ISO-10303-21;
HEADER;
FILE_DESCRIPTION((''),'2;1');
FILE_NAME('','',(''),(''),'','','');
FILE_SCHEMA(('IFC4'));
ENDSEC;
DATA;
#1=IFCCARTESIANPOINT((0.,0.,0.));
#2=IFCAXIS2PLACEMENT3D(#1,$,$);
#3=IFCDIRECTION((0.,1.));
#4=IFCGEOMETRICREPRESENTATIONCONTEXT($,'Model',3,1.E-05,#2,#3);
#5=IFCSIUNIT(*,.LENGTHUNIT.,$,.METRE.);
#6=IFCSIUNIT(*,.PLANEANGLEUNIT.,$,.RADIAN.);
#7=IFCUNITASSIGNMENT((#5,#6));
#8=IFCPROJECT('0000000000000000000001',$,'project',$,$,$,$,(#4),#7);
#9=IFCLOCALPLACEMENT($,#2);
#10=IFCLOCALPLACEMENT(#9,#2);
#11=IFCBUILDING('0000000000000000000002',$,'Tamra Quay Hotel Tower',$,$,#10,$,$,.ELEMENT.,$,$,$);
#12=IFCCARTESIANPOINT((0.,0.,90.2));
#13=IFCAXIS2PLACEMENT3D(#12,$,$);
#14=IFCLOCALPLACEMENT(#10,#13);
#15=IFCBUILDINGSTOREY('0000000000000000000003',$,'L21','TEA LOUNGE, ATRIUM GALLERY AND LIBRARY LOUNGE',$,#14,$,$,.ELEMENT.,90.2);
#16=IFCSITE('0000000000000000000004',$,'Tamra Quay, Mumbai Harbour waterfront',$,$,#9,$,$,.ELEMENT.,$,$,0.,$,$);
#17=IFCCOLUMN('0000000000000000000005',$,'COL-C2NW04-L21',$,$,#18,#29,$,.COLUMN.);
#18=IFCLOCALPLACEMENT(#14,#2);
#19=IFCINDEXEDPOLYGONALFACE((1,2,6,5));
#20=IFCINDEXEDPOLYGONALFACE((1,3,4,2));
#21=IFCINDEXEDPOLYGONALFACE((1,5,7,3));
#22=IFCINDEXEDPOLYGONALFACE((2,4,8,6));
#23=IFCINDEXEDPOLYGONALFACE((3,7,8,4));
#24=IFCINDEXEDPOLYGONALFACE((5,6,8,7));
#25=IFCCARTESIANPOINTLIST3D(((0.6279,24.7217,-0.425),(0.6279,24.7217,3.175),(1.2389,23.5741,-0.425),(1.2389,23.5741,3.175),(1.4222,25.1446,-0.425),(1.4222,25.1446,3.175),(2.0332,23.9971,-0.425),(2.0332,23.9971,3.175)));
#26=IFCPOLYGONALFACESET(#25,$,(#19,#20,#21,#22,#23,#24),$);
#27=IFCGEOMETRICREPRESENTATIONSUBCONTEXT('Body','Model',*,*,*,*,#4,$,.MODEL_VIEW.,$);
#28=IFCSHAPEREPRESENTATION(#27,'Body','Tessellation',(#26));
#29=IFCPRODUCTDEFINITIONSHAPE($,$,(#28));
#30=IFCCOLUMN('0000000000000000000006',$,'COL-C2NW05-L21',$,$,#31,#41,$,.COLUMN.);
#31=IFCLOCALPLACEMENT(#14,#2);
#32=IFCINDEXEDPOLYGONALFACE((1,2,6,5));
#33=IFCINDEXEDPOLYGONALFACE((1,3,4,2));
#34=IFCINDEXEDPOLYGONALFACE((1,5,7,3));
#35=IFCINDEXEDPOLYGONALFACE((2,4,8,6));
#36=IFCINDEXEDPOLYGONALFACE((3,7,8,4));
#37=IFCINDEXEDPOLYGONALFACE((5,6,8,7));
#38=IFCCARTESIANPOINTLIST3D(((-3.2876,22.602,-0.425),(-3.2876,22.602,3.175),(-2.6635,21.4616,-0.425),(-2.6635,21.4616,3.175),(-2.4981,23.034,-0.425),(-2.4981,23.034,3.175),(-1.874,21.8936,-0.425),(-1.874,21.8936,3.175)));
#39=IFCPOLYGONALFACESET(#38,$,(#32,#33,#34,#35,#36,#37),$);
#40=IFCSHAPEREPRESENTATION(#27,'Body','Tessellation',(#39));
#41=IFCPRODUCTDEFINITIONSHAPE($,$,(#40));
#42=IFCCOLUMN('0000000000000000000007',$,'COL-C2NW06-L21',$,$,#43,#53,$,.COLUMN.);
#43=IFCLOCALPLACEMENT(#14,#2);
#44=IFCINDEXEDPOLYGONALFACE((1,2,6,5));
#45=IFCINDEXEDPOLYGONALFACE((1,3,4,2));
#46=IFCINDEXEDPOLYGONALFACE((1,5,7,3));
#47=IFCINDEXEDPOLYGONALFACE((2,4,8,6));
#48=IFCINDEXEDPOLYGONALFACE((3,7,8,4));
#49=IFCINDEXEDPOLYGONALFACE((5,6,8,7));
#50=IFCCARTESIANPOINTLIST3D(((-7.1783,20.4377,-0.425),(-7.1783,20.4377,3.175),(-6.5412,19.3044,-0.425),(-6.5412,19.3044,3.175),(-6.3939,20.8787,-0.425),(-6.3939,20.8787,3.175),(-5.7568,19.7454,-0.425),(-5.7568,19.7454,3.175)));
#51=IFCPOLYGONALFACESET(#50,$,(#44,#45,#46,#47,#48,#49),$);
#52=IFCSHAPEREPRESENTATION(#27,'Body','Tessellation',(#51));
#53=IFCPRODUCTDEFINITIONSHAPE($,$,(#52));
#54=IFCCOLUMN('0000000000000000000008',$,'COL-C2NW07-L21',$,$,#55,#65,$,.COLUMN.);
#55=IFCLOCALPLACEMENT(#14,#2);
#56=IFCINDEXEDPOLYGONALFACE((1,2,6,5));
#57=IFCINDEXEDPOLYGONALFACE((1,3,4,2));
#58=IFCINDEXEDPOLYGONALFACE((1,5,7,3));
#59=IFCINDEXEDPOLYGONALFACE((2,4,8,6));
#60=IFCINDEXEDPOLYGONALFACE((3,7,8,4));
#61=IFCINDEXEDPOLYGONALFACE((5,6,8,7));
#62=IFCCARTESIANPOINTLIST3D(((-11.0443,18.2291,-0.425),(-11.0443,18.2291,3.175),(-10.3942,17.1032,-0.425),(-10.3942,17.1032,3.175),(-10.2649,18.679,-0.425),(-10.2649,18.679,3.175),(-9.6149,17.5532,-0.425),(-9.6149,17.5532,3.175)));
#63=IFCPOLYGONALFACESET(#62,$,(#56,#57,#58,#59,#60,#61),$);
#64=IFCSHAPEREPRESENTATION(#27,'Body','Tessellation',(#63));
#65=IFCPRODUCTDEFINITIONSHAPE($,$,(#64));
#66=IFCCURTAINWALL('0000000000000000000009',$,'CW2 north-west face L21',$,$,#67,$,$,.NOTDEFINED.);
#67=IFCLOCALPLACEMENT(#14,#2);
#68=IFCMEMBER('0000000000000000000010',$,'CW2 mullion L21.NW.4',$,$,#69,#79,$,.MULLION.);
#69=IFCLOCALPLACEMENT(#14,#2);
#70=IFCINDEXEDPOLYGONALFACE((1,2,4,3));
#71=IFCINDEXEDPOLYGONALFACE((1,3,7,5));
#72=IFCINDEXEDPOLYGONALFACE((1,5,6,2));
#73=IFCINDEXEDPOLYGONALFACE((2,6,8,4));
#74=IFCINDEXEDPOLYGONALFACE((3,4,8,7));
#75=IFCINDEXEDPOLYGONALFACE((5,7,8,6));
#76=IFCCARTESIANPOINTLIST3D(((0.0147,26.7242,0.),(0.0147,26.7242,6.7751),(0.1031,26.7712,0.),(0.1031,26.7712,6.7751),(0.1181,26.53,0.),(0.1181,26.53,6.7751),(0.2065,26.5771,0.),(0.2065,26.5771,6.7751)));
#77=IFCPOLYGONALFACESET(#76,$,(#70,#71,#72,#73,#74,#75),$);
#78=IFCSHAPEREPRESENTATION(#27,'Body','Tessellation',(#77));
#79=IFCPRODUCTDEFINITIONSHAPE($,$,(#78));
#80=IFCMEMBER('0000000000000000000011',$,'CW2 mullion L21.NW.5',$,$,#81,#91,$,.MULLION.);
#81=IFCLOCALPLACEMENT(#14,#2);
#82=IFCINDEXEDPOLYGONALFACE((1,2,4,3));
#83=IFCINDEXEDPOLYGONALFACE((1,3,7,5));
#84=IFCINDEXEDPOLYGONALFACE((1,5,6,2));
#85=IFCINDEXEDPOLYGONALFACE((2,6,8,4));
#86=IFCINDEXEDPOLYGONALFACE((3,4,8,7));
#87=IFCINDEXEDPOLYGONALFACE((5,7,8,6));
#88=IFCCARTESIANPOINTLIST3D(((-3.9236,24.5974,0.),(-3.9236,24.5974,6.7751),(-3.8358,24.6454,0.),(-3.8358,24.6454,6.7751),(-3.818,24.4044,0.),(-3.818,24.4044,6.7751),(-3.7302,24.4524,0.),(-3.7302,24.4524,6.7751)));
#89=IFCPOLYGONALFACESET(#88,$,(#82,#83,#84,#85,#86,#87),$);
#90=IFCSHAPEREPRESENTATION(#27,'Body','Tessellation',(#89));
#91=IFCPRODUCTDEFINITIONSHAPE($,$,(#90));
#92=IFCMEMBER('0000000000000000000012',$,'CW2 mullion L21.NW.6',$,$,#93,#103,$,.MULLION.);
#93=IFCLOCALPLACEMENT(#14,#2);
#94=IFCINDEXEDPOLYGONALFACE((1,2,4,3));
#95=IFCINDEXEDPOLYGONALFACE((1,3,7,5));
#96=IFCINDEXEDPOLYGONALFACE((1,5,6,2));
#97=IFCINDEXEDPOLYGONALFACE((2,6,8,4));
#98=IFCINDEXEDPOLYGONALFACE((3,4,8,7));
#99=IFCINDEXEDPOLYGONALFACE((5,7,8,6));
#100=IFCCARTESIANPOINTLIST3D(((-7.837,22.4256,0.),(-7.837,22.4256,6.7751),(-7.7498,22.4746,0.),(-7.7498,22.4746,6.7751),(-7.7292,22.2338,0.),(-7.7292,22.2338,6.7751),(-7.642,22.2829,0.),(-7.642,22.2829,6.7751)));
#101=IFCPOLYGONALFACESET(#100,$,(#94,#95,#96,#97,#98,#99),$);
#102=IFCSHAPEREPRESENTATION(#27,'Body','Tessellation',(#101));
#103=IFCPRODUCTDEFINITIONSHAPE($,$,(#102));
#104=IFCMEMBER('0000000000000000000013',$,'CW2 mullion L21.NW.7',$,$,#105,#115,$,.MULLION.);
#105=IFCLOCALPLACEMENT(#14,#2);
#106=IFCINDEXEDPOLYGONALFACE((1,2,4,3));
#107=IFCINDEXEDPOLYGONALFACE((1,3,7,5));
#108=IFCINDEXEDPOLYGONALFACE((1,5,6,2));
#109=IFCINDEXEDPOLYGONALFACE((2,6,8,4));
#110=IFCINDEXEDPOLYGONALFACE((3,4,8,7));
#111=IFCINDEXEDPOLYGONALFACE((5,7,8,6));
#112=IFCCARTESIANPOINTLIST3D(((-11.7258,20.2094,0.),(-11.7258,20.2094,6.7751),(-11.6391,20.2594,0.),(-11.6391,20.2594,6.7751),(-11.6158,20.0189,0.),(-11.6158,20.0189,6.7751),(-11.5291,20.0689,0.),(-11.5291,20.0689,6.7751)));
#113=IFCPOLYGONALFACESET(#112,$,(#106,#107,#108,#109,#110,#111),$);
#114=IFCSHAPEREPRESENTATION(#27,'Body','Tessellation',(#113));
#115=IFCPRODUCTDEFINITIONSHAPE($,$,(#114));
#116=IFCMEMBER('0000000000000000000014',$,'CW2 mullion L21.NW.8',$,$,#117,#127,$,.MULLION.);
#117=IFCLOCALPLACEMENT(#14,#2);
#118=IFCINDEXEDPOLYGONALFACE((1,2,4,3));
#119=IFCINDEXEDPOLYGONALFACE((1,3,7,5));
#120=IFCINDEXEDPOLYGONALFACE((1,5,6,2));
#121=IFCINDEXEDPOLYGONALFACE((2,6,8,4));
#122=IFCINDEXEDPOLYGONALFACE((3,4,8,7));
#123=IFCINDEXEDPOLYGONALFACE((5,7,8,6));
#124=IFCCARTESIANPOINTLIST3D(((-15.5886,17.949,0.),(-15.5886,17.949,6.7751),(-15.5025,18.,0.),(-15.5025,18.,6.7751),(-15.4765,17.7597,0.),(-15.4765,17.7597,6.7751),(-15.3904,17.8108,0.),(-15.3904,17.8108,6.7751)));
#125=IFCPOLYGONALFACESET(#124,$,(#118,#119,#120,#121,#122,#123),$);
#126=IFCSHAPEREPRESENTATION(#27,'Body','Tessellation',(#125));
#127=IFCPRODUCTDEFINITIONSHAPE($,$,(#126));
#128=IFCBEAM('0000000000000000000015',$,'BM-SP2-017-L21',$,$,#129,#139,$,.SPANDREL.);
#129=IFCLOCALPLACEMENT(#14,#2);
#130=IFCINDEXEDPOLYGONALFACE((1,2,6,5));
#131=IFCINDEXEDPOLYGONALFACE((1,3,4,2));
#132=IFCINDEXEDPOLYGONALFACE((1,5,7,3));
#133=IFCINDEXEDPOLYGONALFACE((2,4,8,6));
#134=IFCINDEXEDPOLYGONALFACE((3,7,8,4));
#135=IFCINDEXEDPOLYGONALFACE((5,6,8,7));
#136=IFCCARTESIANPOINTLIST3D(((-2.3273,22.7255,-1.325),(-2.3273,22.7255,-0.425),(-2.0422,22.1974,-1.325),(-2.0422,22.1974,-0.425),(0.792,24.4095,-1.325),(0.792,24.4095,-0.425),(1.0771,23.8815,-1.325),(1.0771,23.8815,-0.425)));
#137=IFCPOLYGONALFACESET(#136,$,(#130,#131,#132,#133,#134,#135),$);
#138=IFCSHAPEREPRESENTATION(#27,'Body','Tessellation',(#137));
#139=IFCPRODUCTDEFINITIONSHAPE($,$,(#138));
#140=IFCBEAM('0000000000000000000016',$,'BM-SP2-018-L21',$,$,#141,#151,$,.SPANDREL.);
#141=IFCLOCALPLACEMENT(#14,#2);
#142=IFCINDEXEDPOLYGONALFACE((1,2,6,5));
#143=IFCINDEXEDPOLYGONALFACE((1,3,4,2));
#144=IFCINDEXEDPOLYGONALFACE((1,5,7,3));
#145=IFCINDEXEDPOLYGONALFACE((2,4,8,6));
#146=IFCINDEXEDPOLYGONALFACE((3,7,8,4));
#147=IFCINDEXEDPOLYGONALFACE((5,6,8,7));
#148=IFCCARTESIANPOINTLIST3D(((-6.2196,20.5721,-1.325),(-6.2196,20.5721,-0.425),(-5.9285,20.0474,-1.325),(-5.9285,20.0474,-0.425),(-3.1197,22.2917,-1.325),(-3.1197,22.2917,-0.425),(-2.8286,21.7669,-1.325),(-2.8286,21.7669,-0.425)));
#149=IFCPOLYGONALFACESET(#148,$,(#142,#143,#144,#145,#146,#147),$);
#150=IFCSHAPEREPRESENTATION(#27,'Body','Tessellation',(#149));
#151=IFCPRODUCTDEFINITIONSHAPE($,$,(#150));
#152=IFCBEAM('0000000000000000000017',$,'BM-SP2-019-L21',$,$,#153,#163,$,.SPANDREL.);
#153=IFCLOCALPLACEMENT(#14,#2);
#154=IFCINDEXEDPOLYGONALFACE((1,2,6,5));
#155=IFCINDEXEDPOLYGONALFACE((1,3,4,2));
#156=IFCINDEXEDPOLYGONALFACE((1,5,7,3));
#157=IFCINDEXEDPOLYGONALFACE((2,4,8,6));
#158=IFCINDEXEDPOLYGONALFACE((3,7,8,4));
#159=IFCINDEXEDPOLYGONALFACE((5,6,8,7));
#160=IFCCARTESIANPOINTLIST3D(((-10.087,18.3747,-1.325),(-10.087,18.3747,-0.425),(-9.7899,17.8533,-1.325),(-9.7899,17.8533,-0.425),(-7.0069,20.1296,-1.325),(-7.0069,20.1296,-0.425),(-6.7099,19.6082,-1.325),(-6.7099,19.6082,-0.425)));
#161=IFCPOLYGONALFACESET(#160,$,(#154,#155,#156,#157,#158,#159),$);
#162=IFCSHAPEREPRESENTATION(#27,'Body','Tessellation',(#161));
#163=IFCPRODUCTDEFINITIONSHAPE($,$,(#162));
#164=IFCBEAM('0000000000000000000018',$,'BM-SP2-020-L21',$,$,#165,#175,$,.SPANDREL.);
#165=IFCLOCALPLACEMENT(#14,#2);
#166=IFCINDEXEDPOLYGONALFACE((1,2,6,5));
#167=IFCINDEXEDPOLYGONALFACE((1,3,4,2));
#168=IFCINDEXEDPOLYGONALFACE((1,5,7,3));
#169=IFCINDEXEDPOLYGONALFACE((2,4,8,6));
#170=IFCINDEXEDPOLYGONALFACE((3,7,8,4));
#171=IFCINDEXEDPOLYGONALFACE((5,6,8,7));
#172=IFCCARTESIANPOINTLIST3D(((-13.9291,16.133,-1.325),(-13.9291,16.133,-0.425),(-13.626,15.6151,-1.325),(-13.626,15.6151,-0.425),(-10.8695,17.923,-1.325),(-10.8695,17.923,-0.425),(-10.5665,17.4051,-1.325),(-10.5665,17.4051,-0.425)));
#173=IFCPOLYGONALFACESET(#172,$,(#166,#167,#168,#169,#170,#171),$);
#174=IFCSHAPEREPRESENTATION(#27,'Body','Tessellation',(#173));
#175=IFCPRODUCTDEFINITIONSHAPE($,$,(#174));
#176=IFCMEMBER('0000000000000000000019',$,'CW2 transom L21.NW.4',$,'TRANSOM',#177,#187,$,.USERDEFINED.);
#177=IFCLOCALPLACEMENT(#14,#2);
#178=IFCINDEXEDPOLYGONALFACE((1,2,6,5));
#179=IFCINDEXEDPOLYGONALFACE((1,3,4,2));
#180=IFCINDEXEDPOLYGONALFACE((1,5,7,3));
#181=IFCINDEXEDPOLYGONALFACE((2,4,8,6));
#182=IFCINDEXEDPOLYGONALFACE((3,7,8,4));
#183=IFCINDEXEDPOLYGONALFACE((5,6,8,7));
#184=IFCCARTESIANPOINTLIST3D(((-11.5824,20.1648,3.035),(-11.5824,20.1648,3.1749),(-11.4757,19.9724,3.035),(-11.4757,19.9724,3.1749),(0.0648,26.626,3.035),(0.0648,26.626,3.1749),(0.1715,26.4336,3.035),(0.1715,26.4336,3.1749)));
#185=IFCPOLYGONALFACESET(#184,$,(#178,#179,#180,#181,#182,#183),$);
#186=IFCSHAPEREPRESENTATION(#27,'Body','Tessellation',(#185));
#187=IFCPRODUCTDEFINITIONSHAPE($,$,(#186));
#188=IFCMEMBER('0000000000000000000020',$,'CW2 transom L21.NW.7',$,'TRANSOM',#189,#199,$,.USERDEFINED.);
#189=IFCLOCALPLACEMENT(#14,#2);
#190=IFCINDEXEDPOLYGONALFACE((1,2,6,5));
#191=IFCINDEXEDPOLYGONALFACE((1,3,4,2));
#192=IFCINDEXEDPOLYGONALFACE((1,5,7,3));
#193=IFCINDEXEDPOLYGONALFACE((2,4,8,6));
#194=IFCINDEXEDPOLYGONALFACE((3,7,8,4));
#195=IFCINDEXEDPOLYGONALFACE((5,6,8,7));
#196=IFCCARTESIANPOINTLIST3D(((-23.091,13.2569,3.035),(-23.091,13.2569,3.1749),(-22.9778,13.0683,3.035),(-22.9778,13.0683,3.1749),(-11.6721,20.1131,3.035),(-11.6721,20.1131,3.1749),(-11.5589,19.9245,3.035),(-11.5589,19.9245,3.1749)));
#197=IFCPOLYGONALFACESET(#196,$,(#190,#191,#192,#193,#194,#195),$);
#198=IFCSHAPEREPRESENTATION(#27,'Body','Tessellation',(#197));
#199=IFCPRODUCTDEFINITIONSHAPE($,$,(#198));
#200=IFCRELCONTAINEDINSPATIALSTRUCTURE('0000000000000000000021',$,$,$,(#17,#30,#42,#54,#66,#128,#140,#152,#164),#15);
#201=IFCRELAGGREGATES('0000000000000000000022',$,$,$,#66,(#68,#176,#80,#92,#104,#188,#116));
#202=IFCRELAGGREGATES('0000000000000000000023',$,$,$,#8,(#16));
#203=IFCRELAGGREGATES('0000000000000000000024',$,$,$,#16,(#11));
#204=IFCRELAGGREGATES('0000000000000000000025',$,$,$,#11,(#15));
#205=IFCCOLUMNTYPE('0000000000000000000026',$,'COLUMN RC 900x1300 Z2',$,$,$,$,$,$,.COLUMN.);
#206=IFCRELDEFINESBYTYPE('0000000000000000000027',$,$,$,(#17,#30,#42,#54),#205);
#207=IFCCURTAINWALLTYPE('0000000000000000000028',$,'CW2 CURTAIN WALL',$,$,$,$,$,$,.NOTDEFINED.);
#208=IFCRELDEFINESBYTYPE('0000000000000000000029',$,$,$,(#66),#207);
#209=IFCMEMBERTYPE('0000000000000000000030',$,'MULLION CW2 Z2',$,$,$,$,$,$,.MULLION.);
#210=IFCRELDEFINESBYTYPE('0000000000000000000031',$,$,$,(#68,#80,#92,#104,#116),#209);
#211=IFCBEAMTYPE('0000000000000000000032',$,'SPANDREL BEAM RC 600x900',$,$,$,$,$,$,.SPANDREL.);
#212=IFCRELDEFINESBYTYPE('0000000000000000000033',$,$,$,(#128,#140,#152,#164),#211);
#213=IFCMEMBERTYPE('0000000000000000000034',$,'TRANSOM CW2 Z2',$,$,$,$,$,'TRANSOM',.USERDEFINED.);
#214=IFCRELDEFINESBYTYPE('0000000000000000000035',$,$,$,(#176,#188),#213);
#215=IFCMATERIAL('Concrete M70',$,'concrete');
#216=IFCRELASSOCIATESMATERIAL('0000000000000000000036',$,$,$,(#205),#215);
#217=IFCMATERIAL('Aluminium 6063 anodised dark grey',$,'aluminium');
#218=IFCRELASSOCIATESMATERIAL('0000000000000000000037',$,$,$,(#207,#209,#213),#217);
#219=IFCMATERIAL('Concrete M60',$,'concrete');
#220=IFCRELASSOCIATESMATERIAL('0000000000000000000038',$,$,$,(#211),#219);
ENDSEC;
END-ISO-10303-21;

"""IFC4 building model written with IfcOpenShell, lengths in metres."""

from ifc_helpers import new_model, si_unit, direction, frame, origin, origin_2d, place, context, subcontext, project, spatial, rectangle, extrude, material, material_profile, profile_set, type_object, element, aggregate, save


model = new_model("IFC4")

# Units and contexts
model_context = context("Model", 3, precision=1e-05, world=origin(), true_north=direction((0.0, 1.0)))
body_context = subcontext(model_context, "Body", "Model", "MODEL_VIEW")
ifc_project = project(units=[si_unit("LENGTHUNIT", "METRE"), si_unit("PLANEANGLEUNIT", "RADIAN")], contexts=[model_context])

# Site, building, storey
site_placement = place(None, origin())
site = spatial("IfcSite", under=ifc_project, at=site_placement, Name="Tamra Quay, Mumbai Harbour waterfront", CompositionType="ELEMENT", RefElevation=0.0)
building_placement = place(site_placement, origin())
building = spatial("IfcBuilding", under=site, at=building_placement, Name="Tamra Quay Hotel Tower", CompositionType="ELEMENT")
storey_placement = place(building_placement, frame((0.0, 0.0, 90.2)))
storey = spatial("IfcBuildingStorey", under=building, at=storey_placement, Name="L21", Description="TEA LOUNGE, ATRIUM GALLERY AND LIBRARY LOUNGE", CompositionType="ELEMENT", Elevation=90.2)

# Columns
ifc_material_1 = material(Name="Concrete M70", Category="concrete")
ifc_material_profile_1 = material_profile(ifc_material_1, rectangle(XDim=1.3, YDim=0.8999, at=origin_2d()), Name="COLUMN RC 900x1300 Z2")
ifc_profile_set_1 = profile_set([ifc_material_profile_1], Name="Concrete M70")
column_type = type_object("IfcColumnType", Name="COLUMN RC 900x1300 Z2", PredefinedType="COLUMN", material=ifc_profile_set_1)
for number, where, z_axis, x_axis, name in (
    (1, (1.3306, 24.3594, -0.425), (0.0, 0.0, 1.0), (-0.470002, 0.882666, 0.0), "COL-C2NW04-L21"),
    (2, (-2.5808, 22.2478, -0.425), (0.0, 0.0, 1.0), (-0.48006, 0.877236, 0.0), "COL-C2NW05-L21"),
    (3, (-6.4675, 20.0916, -0.425), (0.0, 0.0, 1.0), (-0.490061, 0.871688, 0.0), "COL-C2NW06-L21"),
    (4, (-10.3296, 17.8911, -0.425), (0.0, 0.0, 1.0), (-0.5, 0.866025, 0.0), "COL-C2NW07-L21"),
):
    element("IfcColumn", number, at=place(storey_placement, frame(where, z_axis=z_axis, x_axis=x_axis)), inside=storey, type_object=column_type, Name=name, PredefinedType="COLUMN", context=body_context, shape_type="SweptSolid", body=[
        extrude(rectangle(XDim=1.3, YDim=0.8999, at=origin_2d()), origin(), (0.0, 0.0, 1.0), 3.6001),
    ])

# Curtain wall, members
ifc_material_2 = material(Name="Aluminium 6063 anodised dark grey", Category="aluminium")
curtain_wall_type = type_object("IfcCurtainWallType", Name="CW2 CURTAIN WALL", PredefinedType="NOTDEFINED", material=ifc_material_2)
curtain_wall_placement = place(storey_placement, origin())
curtain_wall = element("IfcCurtainWall", 5, at=curtain_wall_placement, inside=storey, type_object=curtain_wall_type, Name="CW2 north-west face L21", PredefinedType="NOTDEFINED")
ifc_material_profile_2 = material_profile(ifc_material_2, rectangle(XDim=0.22, YDim=0.1001, at=origin_2d()), Name="MULLION 100X220")
ifc_profile_set_2 = profile_set([ifc_material_profile_2], Name="Aluminium 6063 anodised dark grey")
member_type_1 = type_object("IfcMemberType", Name="MULLION CW2 Z2", PredefinedType="MULLION", material=ifc_profile_set_2)
member_1_placement = place(storey_placement, frame((0.1106, 26.6506, 0.0), z_axis=(0.0, 0.0, 1.0), x_axis=(-0.470049, 0.88264, 0.0)))
member_1 = element("IfcMember", 6, at=member_1_placement, type_object=member_type_1, Name="CW2 mullion L21.NW.4", PredefinedType="MULLION", context=body_context, shape_type="SweptSolid", body=[
    extrude(rectangle(XDim=0.22, YDim=0.1001, at=origin_2d()), origin(), (0.0, 0.0, 1.0), 6.7751),
])
member_2_placement = place(storey_placement, frame((-3.8269, 24.5249, 0.0), z_axis=(0.0, 0.0, 1.0), x_axis=(-0.480089, 0.87722, 0.0)))
member_2 = element("IfcMember", 7, at=member_2_placement, type_object=member_type_1, Name="CW2 mullion L21.NW.5", PredefinedType="MULLION", context=body_context, shape_type="SweptSolid", body=[
    extrude(rectangle(XDim=0.22, YDim=0.1001, at=origin_2d()), origin(), (0.0, 0.0, 1.0), 6.7751),
])
member_3_placement = place(storey_placement, frame((-7.7395, 22.3542, 0.0), z_axis=(0.0, 0.0, 1.0), x_axis=(-0.490074, 0.871681, 0.0)))
member_3 = element("IfcMember", 8, at=member_3_placement, type_object=member_type_1, Name="CW2 mullion L21.NW.6", PredefinedType="MULLION", context=body_context, shape_type="SweptSolid", body=[
    extrude(rectangle(XDim=0.22, YDim=0.1001, at=origin_2d()), origin(), (0.0, 0.0, 1.0), 6.7751),
])
member_4_placement = place(storey_placement, frame((-11.6274, 20.1392, 0.0), z_axis=(0.0, 0.0, 1.0), x_axis=(-0.5, 0.866025, 0.0)))
member_4 = element("IfcMember", 9, at=member_4_placement, type_object=member_type_1, Name="CW2 mullion L21.NW.7", PredefinedType="MULLION", context=body_context, shape_type="SweptSolid", body=[
    extrude(rectangle(XDim=0.22, YDim=0.1001, at=origin_2d()), origin(), (0.0, 0.0, 1.0), 6.7751),
])
member_5_placement = place(storey_placement, frame((-15.4895, 17.8799, 0.0), z_axis=(0.0, 0.0, 1.0), x_axis=(-0.50986, 0.860257, 0.0)))
member_5 = element("IfcMember", 10, at=member_5_placement, type_object=member_type_1, Name="CW2 mullion L21.NW.8", PredefinedType="MULLION", context=body_context, shape_type="SweptSolid", body=[
    extrude(rectangle(XDim=0.22, YDim=0.1001, at=origin_2d()), origin(), (0.0, 0.0, 1.0), 6.7751),
])

# Beams
ifc_material_3 = material(Name="Concrete M60", Category="concrete")
ifc_material_profile_3 = material_profile(ifc_material_3, rectangle(XDim=0.6001, YDim=0.8999, at=origin_2d()), Name="SPANDREL BEAM RC 600x900")
ifc_profile_set_3 = profile_set([ifc_material_profile_3], Name="Concrete M60")
beam_type = type_object("IfcBeamType", Name="SPANDREL BEAM RC 600x900", PredefinedType="SPANDREL", material=ifc_profile_set_3)
for number, where, z_axis, x_axis, name in (
    (11, (0.9346, 24.1455, -0.875), (-0.879951, -0.475065, 0.0), (0.475065, -0.879951, 0.0), "BM-SP2-017-L21"),
    (12, (-2.9741, 22.0293, -0.875), (-0.874475, -0.48507, 0.0), (0.48507, -0.874475, 0.0), "BM-SP2-018-L21"),
    (13, (-6.8584, 19.8689, -0.875), (-0.86887, -0.495041, 0.0), (0.495041, -0.86887, 0.0), "BM-SP2-019-L21"),
):
    element("IfcBeam", number, at=place(storey_placement, frame(where, z_axis=z_axis, x_axis=x_axis)), inside=storey, type_object=beam_type, Name=name, PredefinedType="SPANDREL", context=body_context, shape_type="SweptSolid", body=[
        extrude(rectangle(XDim=0.6001, YDim=0.8999, at=origin_2d()), origin(), (0.0, 0.0, 1.0), 3.5449),
    ])
beam_placement = place(storey_placement, frame((-10.718, 17.6641, -0.875), z_axis=(-0.863129, -0.504984, 0.0), x_axis=(0.504984, -0.863129, 0.0)))
element("IfcBeam", 14, at=beam_placement, inside=storey, type_object=beam_type, Name="BM-SP2-020-L21", PredefinedType="SPANDREL", context=body_context, shape_type="SweptSolid", body=[
    extrude(rectangle(XDim=0.6001, YDim=0.8999, at=origin_2d()), origin(), (0.0, 0.0, 1.0), 3.5447),
])

# Members
ifc_material_profile_4 = material_profile(ifc_material_2, rectangle(XDim=0.22, YDim=0.1399, at=origin_2d()), Name="TRANSOM 220X140")
ifc_profile_set_4 = profile_set([ifc_material_profile_4], Name="Aluminium 6063 anodised dark grey")
member_type_2 = type_object("IfcMemberType", Name="TRANSOM CW2 Z2", ElementType="TRANSOM", PredefinedType="USERDEFINED", material=ifc_profile_set_4)
member_6_placement = place(storey_placement, frame((0.1182, 26.5298, 3.105), z_axis=(-0.87446, -0.485098, 0.0), x_axis=(0.485098, -0.87446, 0.0)))
member_6 = element("IfcMember", 15, at=member_6_placement, type_object=member_type_2, Name="CW2 transom L21.NW.4", ObjectType="TRANSOM", PredefinedType="USERDEFINED", context=body_context, shape_type="SweptSolid", body=[
    extrude(rectangle(XDim=0.22, YDim=0.1399, at=origin_2d()), origin(), (0.0, 0.0, 1.0), 13.3193),
])
member_7_placement = place(storey_placement, frame((-11.6155, 20.0188, 3.105), z_axis=(-0.857333, -0.514763, 0.0), x_axis=(0.514763, -0.857333, 0.0)))
member_7 = element("IfcMember", 16, at=member_7_placement, type_object=member_type_2, Name="CW2 transom L21.NW.7", ObjectType="TRANSOM", PredefinedType="USERDEFINED", context=body_context, shape_type="SweptSolid", body=[
    extrude(rectangle(XDim=0.22, YDim=0.1399, at=origin_2d()), origin(), (0.0, 0.0, 1.0), 13.3191),
])

aggregate(curtain_wall, [member_1, member_6, member_2, member_3, member_4, member_7, member_5])

save(model, "model.ifc")
